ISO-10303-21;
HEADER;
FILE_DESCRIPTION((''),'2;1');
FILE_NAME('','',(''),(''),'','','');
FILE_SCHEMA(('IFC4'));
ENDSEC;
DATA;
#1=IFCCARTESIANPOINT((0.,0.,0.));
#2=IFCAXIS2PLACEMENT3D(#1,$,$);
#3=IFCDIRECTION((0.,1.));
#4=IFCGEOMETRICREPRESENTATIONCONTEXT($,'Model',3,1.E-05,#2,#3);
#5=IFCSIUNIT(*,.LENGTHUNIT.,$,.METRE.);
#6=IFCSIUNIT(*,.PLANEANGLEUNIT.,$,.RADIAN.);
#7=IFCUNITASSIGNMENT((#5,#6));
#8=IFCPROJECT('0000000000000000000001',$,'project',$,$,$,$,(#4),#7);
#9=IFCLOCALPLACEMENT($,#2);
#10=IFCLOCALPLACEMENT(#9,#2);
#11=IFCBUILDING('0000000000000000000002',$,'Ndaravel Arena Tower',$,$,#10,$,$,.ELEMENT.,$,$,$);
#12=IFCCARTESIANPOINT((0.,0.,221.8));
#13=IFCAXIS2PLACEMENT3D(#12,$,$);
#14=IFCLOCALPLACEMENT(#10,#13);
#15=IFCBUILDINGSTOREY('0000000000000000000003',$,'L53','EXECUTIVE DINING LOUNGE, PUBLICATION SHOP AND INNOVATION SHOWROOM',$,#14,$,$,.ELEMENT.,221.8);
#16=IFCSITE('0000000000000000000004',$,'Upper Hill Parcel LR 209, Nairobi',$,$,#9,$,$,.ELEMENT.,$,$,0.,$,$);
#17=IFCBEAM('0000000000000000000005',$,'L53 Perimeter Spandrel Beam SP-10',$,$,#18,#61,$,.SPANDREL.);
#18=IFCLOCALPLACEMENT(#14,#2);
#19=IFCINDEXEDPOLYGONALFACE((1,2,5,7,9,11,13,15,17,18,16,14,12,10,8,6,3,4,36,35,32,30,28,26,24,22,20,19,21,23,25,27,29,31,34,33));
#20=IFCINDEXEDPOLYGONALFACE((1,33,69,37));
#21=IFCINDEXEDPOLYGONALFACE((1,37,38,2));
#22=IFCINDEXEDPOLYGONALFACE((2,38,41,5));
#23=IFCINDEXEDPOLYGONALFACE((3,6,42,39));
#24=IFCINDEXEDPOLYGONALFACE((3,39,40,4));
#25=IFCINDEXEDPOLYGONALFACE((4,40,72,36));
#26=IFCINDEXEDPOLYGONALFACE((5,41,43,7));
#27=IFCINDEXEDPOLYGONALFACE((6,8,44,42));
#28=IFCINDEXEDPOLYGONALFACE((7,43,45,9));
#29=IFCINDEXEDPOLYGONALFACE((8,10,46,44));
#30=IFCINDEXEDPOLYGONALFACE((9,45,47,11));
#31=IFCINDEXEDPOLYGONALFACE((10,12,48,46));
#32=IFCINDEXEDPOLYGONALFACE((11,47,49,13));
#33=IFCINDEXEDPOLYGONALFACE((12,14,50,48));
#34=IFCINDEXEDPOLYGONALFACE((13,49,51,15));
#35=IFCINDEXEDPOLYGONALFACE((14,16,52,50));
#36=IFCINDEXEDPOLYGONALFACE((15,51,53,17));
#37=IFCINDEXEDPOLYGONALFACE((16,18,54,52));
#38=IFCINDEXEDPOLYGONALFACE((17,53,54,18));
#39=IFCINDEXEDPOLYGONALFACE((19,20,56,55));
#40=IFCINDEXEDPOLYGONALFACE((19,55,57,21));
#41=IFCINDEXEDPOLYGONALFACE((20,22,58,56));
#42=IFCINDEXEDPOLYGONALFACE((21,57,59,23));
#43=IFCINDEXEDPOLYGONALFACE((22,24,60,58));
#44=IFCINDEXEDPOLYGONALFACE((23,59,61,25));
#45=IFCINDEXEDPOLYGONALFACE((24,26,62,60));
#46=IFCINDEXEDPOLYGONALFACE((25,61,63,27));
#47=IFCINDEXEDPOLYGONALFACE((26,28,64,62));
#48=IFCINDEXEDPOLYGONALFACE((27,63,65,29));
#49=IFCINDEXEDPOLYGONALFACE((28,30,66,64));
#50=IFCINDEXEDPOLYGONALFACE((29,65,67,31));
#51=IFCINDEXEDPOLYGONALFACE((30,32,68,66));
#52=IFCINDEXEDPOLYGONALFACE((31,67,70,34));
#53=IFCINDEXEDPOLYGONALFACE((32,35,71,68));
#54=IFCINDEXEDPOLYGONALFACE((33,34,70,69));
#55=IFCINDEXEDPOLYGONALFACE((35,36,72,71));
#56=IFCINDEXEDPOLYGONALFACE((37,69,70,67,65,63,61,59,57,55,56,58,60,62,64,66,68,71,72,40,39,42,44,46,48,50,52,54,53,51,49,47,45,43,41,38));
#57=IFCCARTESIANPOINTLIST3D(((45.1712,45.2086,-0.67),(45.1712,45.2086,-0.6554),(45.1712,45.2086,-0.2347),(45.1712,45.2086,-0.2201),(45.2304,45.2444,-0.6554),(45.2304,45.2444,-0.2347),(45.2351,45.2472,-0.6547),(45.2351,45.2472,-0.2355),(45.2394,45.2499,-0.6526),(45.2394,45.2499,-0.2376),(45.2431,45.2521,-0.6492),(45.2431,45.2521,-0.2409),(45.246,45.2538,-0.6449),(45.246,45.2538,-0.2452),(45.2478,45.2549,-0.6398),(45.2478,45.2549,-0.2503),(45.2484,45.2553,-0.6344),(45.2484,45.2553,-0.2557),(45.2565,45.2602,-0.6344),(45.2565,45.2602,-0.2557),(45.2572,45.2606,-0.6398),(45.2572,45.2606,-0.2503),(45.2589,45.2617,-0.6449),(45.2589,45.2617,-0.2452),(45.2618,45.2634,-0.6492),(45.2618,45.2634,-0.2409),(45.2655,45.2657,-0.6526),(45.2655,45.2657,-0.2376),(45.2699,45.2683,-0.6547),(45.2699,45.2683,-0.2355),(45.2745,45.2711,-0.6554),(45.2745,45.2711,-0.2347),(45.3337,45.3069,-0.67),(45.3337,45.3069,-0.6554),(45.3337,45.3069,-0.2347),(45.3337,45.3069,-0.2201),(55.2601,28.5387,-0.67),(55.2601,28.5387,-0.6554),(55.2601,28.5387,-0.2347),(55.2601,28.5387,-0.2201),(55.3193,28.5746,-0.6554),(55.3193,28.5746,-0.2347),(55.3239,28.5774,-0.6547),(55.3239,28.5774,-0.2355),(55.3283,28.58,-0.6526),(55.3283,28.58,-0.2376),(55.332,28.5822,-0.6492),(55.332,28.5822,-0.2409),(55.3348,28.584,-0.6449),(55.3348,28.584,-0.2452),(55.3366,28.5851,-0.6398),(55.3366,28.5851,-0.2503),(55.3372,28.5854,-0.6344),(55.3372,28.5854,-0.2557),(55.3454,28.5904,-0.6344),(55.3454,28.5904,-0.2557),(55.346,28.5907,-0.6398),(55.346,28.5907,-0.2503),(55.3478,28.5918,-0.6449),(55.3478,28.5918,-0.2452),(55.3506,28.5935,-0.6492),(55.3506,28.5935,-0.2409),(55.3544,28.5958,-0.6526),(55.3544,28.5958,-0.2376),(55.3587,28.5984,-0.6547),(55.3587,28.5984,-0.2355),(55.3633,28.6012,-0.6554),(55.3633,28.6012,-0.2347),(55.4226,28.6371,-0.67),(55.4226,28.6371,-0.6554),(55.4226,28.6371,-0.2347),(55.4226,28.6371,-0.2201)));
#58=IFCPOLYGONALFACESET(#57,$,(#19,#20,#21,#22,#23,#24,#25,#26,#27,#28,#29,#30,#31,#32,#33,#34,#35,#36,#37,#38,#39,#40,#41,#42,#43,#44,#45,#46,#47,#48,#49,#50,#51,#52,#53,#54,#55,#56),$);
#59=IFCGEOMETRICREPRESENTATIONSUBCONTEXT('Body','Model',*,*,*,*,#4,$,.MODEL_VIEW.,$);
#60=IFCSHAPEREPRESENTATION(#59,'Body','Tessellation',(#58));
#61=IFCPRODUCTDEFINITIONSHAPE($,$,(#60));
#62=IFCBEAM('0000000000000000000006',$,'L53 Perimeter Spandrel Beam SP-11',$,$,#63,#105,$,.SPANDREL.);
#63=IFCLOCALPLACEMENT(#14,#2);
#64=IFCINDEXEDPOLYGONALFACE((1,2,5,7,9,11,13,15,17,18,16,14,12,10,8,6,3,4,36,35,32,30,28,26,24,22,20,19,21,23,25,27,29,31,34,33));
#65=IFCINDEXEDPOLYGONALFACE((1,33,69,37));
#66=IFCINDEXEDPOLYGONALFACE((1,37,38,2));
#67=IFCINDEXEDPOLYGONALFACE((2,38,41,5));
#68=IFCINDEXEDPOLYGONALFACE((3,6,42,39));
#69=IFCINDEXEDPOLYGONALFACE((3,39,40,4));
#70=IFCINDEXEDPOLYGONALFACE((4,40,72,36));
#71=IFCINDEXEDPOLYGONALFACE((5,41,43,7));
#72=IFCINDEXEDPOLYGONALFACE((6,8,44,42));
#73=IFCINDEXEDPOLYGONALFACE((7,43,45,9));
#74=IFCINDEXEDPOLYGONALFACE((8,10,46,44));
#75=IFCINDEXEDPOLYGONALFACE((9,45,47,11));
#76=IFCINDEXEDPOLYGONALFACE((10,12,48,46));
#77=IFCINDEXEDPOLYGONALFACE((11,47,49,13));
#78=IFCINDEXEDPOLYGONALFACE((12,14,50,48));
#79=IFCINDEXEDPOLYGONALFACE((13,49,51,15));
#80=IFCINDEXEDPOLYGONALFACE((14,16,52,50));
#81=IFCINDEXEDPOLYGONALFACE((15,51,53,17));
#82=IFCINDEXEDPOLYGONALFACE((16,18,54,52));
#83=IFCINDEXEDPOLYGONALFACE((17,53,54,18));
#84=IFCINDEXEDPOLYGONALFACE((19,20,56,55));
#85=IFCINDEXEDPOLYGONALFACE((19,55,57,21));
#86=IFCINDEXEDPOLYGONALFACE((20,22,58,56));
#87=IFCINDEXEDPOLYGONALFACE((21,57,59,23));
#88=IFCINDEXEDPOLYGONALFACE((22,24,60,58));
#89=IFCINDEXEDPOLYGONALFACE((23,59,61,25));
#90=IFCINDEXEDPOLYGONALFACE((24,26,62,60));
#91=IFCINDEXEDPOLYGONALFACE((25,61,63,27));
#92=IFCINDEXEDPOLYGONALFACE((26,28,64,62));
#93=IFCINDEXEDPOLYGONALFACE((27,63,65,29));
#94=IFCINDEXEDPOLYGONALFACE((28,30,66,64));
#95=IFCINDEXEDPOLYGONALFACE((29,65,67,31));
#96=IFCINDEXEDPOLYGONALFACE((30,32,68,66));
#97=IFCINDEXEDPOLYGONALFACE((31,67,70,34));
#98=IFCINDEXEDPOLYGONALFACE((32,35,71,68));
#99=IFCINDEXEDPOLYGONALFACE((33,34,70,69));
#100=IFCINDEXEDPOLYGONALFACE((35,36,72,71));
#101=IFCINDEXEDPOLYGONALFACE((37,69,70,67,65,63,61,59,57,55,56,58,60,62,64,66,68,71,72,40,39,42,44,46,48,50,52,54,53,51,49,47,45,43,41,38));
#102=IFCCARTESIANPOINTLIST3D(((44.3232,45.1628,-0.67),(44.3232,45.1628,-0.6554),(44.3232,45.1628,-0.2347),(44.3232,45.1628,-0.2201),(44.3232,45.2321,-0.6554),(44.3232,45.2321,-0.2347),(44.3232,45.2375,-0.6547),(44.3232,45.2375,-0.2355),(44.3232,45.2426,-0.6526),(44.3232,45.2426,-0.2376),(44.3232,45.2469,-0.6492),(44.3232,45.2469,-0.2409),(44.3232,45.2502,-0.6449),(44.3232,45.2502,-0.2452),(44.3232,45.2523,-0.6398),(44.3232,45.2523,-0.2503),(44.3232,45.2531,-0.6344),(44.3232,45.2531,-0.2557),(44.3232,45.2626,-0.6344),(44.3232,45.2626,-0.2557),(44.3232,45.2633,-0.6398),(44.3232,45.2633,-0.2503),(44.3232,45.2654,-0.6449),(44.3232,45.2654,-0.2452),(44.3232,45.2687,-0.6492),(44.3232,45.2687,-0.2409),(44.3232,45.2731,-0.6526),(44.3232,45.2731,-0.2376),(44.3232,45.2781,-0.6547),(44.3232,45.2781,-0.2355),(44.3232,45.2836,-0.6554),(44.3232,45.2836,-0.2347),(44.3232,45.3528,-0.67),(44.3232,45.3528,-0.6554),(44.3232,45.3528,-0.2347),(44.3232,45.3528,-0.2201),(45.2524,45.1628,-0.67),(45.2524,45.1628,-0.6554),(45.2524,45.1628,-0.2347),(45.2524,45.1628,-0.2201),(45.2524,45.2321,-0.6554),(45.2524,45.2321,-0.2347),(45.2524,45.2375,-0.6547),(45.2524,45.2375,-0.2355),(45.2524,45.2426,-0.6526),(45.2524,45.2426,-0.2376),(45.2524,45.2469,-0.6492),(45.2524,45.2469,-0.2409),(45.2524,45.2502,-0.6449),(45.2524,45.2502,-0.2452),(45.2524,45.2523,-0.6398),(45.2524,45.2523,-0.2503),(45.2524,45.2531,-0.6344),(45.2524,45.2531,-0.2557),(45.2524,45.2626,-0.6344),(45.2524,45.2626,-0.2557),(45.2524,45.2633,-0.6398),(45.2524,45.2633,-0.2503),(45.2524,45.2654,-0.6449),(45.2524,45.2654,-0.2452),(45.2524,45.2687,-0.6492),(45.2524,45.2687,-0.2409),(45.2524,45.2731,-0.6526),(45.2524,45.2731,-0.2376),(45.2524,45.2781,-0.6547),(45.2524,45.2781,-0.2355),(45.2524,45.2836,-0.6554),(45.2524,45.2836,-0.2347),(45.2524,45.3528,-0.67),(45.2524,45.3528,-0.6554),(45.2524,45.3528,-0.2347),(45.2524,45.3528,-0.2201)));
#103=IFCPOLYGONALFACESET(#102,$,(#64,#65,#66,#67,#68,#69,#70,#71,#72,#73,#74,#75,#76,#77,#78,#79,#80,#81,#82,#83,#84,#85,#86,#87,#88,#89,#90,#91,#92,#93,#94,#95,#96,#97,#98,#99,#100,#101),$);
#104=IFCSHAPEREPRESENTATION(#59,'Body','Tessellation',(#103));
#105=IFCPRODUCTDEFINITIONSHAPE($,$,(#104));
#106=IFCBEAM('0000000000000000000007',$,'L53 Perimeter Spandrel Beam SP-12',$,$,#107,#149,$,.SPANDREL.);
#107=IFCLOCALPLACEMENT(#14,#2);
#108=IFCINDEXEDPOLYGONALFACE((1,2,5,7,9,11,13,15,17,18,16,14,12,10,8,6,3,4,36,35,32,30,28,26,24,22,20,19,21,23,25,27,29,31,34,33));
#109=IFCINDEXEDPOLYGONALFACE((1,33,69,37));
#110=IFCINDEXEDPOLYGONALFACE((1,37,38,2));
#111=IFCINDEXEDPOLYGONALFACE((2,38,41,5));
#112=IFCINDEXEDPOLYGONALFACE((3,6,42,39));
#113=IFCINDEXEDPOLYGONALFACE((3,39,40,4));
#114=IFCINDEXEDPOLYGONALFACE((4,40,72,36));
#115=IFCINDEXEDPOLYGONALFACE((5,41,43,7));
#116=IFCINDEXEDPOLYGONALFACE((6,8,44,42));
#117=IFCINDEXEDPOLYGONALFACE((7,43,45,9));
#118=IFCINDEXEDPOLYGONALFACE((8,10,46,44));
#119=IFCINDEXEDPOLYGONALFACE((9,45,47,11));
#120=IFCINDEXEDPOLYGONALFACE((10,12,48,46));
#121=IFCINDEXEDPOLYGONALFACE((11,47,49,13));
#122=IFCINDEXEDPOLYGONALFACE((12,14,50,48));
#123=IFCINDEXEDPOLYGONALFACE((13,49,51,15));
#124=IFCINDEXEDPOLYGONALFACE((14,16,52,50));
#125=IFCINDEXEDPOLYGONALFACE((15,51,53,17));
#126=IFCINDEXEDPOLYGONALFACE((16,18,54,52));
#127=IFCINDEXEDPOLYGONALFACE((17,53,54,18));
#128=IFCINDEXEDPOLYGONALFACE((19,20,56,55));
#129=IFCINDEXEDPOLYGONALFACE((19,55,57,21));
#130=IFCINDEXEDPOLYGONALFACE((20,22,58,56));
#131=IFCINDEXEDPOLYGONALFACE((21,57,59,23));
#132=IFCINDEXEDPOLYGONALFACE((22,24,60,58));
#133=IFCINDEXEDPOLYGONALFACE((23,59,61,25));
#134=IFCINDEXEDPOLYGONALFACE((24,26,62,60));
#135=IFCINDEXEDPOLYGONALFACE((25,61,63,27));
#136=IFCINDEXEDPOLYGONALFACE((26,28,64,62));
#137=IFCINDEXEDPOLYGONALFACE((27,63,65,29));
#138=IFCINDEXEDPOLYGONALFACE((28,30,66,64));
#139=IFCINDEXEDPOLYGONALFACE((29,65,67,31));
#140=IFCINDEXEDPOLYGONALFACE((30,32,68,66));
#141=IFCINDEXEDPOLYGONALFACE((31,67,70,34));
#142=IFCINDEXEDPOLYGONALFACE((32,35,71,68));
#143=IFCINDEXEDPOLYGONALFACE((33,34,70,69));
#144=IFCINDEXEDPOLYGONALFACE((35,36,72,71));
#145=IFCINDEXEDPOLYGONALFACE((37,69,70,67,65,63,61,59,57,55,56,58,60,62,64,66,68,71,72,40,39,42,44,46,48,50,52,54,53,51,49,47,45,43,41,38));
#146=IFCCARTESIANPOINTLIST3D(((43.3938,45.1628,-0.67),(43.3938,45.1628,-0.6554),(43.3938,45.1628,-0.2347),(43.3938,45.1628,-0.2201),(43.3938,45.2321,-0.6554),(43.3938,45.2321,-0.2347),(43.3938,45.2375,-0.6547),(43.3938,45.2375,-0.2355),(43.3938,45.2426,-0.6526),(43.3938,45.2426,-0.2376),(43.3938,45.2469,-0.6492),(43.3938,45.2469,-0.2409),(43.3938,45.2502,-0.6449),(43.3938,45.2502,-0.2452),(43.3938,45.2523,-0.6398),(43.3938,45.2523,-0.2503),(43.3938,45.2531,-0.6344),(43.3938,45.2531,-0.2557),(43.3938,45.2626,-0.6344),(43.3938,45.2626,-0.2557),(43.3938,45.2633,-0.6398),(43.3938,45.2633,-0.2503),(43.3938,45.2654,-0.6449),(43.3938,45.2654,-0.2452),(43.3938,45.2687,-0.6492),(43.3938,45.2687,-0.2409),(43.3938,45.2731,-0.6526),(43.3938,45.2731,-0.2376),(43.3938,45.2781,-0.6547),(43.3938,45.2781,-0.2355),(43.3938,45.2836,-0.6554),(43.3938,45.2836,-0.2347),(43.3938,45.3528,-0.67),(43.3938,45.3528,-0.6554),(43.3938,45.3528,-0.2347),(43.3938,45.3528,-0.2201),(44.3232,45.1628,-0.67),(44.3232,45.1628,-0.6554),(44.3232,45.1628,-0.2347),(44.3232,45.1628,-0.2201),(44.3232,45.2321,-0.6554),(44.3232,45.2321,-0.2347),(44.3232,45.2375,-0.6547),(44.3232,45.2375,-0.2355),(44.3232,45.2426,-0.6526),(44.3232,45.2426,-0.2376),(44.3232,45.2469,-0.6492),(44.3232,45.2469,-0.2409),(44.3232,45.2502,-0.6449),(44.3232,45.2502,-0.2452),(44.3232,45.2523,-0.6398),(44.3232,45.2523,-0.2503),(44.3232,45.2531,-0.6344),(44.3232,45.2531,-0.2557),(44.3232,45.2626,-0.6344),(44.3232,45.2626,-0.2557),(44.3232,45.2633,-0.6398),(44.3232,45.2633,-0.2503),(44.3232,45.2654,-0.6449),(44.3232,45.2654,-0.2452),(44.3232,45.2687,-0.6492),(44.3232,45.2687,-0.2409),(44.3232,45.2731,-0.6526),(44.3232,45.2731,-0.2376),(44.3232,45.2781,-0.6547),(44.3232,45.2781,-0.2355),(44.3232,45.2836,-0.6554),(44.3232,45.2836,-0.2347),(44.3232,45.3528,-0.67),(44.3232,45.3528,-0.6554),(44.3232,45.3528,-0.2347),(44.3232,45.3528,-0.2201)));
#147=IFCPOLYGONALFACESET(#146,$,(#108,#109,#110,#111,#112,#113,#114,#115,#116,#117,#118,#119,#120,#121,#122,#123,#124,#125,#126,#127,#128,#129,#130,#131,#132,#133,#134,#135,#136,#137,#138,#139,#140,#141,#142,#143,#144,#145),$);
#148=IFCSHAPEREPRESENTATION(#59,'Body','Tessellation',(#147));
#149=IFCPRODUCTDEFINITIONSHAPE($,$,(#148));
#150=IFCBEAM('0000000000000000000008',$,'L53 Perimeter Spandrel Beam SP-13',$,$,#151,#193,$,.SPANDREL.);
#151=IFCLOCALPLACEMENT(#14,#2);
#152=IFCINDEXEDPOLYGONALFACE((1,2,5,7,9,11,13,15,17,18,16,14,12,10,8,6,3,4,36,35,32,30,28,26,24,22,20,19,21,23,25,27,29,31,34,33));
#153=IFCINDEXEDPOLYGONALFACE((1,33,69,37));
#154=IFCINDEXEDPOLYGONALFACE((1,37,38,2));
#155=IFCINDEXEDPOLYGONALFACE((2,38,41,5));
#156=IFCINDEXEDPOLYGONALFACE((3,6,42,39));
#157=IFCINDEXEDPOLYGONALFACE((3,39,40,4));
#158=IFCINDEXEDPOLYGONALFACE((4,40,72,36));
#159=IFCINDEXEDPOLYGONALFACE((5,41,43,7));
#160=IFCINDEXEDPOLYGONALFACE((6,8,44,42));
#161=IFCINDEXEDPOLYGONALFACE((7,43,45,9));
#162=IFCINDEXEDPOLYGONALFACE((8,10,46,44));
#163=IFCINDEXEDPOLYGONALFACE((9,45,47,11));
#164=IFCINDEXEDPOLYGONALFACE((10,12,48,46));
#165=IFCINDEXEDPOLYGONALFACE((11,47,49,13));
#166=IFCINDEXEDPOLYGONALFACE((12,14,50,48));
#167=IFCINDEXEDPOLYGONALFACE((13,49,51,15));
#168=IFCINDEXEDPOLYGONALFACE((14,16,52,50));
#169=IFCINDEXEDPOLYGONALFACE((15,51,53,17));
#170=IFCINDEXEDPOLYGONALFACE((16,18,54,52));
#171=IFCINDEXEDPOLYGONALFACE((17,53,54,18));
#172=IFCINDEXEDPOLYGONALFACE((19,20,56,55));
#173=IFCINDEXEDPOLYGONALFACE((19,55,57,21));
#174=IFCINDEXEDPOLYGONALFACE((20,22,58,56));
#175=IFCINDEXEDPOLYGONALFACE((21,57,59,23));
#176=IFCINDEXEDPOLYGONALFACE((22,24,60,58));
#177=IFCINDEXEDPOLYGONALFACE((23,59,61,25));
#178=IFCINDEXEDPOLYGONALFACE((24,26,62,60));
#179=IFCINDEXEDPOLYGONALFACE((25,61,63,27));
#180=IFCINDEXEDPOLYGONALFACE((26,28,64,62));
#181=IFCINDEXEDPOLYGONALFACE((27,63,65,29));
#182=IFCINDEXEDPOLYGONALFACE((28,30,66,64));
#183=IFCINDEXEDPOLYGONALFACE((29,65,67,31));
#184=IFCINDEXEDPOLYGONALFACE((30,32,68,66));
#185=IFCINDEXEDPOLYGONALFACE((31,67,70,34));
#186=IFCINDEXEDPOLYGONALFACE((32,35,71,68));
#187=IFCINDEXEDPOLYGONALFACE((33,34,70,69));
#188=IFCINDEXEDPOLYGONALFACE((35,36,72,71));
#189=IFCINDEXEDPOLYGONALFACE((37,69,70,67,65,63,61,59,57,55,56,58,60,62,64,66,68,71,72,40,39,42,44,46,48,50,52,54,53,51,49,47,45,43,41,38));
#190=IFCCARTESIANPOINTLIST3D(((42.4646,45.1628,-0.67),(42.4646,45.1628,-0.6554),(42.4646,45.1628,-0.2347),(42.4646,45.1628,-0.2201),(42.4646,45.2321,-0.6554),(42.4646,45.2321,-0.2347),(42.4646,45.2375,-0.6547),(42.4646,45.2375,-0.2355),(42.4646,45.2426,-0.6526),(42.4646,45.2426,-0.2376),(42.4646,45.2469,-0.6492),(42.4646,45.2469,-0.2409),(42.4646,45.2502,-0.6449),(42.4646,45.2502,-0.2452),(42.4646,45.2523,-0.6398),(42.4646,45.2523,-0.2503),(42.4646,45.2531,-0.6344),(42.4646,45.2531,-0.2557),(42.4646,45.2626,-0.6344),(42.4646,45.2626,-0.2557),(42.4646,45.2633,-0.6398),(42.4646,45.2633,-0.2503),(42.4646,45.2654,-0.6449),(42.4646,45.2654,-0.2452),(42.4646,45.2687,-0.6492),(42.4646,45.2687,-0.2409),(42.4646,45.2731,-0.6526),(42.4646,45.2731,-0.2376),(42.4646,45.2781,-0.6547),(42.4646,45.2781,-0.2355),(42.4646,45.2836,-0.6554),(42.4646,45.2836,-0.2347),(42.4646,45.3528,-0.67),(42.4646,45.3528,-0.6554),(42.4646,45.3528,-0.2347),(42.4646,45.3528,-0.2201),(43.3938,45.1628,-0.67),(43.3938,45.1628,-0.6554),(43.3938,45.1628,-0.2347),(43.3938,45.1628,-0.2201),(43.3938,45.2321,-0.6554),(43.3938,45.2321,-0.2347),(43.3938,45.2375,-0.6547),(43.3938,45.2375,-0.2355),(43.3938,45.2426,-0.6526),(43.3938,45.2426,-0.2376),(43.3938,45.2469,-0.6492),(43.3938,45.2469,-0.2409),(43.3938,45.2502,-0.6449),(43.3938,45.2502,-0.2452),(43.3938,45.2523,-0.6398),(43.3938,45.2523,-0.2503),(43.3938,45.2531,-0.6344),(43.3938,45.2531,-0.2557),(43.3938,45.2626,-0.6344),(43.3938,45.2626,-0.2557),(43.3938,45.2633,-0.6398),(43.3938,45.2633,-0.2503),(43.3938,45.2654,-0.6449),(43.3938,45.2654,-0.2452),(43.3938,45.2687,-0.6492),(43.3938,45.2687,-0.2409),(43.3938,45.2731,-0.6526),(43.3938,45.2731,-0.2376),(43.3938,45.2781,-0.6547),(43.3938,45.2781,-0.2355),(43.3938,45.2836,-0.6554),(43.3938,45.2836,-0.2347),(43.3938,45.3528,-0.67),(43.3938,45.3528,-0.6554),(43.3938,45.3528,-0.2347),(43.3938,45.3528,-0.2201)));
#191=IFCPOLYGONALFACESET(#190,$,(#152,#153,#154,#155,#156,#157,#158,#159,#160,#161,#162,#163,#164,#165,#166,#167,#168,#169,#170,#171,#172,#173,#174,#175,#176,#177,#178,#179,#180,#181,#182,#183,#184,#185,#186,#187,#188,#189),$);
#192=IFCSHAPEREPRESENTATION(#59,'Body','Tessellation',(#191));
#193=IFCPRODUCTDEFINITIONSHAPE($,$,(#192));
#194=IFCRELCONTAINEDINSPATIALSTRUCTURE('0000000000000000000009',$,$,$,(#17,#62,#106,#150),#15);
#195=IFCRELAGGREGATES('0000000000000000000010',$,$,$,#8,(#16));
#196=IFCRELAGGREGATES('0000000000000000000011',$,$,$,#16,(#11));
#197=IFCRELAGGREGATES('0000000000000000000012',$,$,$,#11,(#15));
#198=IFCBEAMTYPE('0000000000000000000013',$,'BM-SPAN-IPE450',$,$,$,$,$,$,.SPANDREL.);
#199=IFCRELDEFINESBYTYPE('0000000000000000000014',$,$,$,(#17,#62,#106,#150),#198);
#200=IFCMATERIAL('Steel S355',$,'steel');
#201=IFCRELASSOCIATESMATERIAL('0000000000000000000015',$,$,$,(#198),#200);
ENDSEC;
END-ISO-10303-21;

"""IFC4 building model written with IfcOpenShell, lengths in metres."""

from ifc_helpers import new_model, si_unit, direction, frame, origin, origin_2d, place, context, subcontext, project, spatial, i_section, extrude, material, material_profile, profile_set, type_object, element, save


model = new_model("IFC4")

# Units and contexts
model_context = context("Model", 3, precision=1e-05, world=origin(), true_north=direction((0.0, 1.0)))
body_context = subcontext(model_context, "Body", "Model", "MODEL_VIEW")
ifc_project = project(units=[si_unit("LENGTHUNIT", "METRE"), si_unit("PLANEANGLEUNIT", "RADIAN")], contexts=[model_context])

# Site, building, storey
site_placement = place(None, origin())
site = spatial("IfcSite", under=ifc_project, at=site_placement, Name="Upper Hill Parcel LR 209, Nairobi", CompositionType="ELEMENT", RefElevation=0.0)
building_placement = place(site_placement, origin())
building = spatial("IfcBuilding", under=site, at=building_placement, Name="Ndaravel Arena Tower", CompositionType="ELEMENT")
storey_placement = place(building_placement, frame((0.0, 0.0, 221.8)))
storey = spatial("IfcBuildingStorey", under=building, at=storey_placement, Name="L53", Description="EXECUTIVE DINING LOUNGE, PUBLICATION SHOP AND INNOVATION SHOWROOM", CompositionType="ELEMENT", Elevation=221.8)

# Beams
ifc_material_1 = material(Name="Steel S355", Category="steel")
ifc_material_profile_1 = material_profile(ifc_material_1, i_section(OverallWidth=0.1899, OverallDepth=0.45, WebThickness=0.0095, FlangeThickness=0.0146, FilletRadius=0.021, at=origin_2d()), Name="IPE 450")
ifc_profile_set_1 = profile_set([ifc_material_profile_1], Name="Steel S355")
beam_type_1 = type_object("IfcBeamType", Name="BM-SPAN-IPE450", PredefinedType="SPANDREL", material=ifc_profile_set_1)
beam_1_placement = place(storey_placement, frame((55.3413, 28.5879, -0.4451), z_axis=(-0.517772, 0.855519, 0.0), x_axis=(-0.855519, -0.517772, 0.0)))
element("IfcBeam", 1, at=beam_1_placement, inside=storey, type_object=beam_type_1, Name="L53 Perimeter Spandrel Beam SP-10", PredefinedType="SPANDREL", context=body_context, shape_type="SweptSolid", body=[
    extrude(i_section(OverallWidth=0.1899, OverallDepth=0.45, WebThickness=0.0095, FlangeThickness=0.0146, FilletRadius=0.021, at=origin_2d()), origin(), (0.0, 0.0, 1.0), 19.4851),
])
beam_2_placement = place(storey_placement, frame((45.2524, 45.2578, -0.4451), z_axis=(-1.0, 0.0, 0.0), x_axis=(0.0, -1.0, 0.0)))
element("IfcBeam", 2, at=beam_2_placement, inside=storey, type_object=beam_type_1, Name="L53 Perimeter Spandrel Beam SP-11", PredefinedType="SPANDREL", context=body_context, shape_type="SweptSolid", body=[
    extrude(i_section(OverallWidth=0.1899, OverallDepth=0.45, WebThickness=0.0095, FlangeThickness=0.0146, FilletRadius=0.021, at=origin_2d()), origin(), (0.0, 0.0, 1.0), 0.9292),
])
beam_3_placement = place(storey_placement, frame((44.3232, 45.2578, -0.4451), z_axis=(-1.0, 0.0, 0.0), x_axis=(0.0, -1.0, 0.0)))
element("IfcBeam", 3, at=beam_3_placement, inside=storey, type_object=beam_type_1, Name="L53 Perimeter Spandrel Beam SP-12", PredefinedType="SPANDREL", context=body_context, shape_type="SweptSolid", body=[
    extrude(i_section(OverallWidth=0.1899, OverallDepth=0.45, WebThickness=0.0095, FlangeThickness=0.0146, FilletRadius=0.021, at=origin_2d()), origin(), (0.0, 0.0, 1.0), 0.9294),
])
for number, where, z_axis, x_axis, name in (
    (4, (43.3938, 45.2578, -0.4451), (-1.0, 0.0, 0.0), (0.0, -1.0, 0.0), "L53 Perimeter Spandrel Beam SP-13"),
):
    element("IfcBeam", number, at=place(storey_placement, frame(where, z_axis=z_axis, x_axis=x_axis)), inside=storey, type_object=beam_type_1, Name=name, PredefinedType="SPANDREL", context=body_context, shape_type="SweptSolid", body=[
        extrude(i_section(OverallWidth=0.1899, OverallDepth=0.45, WebThickness=0.0095, FlangeThickness=0.0146, FilletRadius=0.021, at=origin_2d()), origin(), (0.0, 0.0, 1.0), 0.9292),
    ])

save(model, "model.ifc")
